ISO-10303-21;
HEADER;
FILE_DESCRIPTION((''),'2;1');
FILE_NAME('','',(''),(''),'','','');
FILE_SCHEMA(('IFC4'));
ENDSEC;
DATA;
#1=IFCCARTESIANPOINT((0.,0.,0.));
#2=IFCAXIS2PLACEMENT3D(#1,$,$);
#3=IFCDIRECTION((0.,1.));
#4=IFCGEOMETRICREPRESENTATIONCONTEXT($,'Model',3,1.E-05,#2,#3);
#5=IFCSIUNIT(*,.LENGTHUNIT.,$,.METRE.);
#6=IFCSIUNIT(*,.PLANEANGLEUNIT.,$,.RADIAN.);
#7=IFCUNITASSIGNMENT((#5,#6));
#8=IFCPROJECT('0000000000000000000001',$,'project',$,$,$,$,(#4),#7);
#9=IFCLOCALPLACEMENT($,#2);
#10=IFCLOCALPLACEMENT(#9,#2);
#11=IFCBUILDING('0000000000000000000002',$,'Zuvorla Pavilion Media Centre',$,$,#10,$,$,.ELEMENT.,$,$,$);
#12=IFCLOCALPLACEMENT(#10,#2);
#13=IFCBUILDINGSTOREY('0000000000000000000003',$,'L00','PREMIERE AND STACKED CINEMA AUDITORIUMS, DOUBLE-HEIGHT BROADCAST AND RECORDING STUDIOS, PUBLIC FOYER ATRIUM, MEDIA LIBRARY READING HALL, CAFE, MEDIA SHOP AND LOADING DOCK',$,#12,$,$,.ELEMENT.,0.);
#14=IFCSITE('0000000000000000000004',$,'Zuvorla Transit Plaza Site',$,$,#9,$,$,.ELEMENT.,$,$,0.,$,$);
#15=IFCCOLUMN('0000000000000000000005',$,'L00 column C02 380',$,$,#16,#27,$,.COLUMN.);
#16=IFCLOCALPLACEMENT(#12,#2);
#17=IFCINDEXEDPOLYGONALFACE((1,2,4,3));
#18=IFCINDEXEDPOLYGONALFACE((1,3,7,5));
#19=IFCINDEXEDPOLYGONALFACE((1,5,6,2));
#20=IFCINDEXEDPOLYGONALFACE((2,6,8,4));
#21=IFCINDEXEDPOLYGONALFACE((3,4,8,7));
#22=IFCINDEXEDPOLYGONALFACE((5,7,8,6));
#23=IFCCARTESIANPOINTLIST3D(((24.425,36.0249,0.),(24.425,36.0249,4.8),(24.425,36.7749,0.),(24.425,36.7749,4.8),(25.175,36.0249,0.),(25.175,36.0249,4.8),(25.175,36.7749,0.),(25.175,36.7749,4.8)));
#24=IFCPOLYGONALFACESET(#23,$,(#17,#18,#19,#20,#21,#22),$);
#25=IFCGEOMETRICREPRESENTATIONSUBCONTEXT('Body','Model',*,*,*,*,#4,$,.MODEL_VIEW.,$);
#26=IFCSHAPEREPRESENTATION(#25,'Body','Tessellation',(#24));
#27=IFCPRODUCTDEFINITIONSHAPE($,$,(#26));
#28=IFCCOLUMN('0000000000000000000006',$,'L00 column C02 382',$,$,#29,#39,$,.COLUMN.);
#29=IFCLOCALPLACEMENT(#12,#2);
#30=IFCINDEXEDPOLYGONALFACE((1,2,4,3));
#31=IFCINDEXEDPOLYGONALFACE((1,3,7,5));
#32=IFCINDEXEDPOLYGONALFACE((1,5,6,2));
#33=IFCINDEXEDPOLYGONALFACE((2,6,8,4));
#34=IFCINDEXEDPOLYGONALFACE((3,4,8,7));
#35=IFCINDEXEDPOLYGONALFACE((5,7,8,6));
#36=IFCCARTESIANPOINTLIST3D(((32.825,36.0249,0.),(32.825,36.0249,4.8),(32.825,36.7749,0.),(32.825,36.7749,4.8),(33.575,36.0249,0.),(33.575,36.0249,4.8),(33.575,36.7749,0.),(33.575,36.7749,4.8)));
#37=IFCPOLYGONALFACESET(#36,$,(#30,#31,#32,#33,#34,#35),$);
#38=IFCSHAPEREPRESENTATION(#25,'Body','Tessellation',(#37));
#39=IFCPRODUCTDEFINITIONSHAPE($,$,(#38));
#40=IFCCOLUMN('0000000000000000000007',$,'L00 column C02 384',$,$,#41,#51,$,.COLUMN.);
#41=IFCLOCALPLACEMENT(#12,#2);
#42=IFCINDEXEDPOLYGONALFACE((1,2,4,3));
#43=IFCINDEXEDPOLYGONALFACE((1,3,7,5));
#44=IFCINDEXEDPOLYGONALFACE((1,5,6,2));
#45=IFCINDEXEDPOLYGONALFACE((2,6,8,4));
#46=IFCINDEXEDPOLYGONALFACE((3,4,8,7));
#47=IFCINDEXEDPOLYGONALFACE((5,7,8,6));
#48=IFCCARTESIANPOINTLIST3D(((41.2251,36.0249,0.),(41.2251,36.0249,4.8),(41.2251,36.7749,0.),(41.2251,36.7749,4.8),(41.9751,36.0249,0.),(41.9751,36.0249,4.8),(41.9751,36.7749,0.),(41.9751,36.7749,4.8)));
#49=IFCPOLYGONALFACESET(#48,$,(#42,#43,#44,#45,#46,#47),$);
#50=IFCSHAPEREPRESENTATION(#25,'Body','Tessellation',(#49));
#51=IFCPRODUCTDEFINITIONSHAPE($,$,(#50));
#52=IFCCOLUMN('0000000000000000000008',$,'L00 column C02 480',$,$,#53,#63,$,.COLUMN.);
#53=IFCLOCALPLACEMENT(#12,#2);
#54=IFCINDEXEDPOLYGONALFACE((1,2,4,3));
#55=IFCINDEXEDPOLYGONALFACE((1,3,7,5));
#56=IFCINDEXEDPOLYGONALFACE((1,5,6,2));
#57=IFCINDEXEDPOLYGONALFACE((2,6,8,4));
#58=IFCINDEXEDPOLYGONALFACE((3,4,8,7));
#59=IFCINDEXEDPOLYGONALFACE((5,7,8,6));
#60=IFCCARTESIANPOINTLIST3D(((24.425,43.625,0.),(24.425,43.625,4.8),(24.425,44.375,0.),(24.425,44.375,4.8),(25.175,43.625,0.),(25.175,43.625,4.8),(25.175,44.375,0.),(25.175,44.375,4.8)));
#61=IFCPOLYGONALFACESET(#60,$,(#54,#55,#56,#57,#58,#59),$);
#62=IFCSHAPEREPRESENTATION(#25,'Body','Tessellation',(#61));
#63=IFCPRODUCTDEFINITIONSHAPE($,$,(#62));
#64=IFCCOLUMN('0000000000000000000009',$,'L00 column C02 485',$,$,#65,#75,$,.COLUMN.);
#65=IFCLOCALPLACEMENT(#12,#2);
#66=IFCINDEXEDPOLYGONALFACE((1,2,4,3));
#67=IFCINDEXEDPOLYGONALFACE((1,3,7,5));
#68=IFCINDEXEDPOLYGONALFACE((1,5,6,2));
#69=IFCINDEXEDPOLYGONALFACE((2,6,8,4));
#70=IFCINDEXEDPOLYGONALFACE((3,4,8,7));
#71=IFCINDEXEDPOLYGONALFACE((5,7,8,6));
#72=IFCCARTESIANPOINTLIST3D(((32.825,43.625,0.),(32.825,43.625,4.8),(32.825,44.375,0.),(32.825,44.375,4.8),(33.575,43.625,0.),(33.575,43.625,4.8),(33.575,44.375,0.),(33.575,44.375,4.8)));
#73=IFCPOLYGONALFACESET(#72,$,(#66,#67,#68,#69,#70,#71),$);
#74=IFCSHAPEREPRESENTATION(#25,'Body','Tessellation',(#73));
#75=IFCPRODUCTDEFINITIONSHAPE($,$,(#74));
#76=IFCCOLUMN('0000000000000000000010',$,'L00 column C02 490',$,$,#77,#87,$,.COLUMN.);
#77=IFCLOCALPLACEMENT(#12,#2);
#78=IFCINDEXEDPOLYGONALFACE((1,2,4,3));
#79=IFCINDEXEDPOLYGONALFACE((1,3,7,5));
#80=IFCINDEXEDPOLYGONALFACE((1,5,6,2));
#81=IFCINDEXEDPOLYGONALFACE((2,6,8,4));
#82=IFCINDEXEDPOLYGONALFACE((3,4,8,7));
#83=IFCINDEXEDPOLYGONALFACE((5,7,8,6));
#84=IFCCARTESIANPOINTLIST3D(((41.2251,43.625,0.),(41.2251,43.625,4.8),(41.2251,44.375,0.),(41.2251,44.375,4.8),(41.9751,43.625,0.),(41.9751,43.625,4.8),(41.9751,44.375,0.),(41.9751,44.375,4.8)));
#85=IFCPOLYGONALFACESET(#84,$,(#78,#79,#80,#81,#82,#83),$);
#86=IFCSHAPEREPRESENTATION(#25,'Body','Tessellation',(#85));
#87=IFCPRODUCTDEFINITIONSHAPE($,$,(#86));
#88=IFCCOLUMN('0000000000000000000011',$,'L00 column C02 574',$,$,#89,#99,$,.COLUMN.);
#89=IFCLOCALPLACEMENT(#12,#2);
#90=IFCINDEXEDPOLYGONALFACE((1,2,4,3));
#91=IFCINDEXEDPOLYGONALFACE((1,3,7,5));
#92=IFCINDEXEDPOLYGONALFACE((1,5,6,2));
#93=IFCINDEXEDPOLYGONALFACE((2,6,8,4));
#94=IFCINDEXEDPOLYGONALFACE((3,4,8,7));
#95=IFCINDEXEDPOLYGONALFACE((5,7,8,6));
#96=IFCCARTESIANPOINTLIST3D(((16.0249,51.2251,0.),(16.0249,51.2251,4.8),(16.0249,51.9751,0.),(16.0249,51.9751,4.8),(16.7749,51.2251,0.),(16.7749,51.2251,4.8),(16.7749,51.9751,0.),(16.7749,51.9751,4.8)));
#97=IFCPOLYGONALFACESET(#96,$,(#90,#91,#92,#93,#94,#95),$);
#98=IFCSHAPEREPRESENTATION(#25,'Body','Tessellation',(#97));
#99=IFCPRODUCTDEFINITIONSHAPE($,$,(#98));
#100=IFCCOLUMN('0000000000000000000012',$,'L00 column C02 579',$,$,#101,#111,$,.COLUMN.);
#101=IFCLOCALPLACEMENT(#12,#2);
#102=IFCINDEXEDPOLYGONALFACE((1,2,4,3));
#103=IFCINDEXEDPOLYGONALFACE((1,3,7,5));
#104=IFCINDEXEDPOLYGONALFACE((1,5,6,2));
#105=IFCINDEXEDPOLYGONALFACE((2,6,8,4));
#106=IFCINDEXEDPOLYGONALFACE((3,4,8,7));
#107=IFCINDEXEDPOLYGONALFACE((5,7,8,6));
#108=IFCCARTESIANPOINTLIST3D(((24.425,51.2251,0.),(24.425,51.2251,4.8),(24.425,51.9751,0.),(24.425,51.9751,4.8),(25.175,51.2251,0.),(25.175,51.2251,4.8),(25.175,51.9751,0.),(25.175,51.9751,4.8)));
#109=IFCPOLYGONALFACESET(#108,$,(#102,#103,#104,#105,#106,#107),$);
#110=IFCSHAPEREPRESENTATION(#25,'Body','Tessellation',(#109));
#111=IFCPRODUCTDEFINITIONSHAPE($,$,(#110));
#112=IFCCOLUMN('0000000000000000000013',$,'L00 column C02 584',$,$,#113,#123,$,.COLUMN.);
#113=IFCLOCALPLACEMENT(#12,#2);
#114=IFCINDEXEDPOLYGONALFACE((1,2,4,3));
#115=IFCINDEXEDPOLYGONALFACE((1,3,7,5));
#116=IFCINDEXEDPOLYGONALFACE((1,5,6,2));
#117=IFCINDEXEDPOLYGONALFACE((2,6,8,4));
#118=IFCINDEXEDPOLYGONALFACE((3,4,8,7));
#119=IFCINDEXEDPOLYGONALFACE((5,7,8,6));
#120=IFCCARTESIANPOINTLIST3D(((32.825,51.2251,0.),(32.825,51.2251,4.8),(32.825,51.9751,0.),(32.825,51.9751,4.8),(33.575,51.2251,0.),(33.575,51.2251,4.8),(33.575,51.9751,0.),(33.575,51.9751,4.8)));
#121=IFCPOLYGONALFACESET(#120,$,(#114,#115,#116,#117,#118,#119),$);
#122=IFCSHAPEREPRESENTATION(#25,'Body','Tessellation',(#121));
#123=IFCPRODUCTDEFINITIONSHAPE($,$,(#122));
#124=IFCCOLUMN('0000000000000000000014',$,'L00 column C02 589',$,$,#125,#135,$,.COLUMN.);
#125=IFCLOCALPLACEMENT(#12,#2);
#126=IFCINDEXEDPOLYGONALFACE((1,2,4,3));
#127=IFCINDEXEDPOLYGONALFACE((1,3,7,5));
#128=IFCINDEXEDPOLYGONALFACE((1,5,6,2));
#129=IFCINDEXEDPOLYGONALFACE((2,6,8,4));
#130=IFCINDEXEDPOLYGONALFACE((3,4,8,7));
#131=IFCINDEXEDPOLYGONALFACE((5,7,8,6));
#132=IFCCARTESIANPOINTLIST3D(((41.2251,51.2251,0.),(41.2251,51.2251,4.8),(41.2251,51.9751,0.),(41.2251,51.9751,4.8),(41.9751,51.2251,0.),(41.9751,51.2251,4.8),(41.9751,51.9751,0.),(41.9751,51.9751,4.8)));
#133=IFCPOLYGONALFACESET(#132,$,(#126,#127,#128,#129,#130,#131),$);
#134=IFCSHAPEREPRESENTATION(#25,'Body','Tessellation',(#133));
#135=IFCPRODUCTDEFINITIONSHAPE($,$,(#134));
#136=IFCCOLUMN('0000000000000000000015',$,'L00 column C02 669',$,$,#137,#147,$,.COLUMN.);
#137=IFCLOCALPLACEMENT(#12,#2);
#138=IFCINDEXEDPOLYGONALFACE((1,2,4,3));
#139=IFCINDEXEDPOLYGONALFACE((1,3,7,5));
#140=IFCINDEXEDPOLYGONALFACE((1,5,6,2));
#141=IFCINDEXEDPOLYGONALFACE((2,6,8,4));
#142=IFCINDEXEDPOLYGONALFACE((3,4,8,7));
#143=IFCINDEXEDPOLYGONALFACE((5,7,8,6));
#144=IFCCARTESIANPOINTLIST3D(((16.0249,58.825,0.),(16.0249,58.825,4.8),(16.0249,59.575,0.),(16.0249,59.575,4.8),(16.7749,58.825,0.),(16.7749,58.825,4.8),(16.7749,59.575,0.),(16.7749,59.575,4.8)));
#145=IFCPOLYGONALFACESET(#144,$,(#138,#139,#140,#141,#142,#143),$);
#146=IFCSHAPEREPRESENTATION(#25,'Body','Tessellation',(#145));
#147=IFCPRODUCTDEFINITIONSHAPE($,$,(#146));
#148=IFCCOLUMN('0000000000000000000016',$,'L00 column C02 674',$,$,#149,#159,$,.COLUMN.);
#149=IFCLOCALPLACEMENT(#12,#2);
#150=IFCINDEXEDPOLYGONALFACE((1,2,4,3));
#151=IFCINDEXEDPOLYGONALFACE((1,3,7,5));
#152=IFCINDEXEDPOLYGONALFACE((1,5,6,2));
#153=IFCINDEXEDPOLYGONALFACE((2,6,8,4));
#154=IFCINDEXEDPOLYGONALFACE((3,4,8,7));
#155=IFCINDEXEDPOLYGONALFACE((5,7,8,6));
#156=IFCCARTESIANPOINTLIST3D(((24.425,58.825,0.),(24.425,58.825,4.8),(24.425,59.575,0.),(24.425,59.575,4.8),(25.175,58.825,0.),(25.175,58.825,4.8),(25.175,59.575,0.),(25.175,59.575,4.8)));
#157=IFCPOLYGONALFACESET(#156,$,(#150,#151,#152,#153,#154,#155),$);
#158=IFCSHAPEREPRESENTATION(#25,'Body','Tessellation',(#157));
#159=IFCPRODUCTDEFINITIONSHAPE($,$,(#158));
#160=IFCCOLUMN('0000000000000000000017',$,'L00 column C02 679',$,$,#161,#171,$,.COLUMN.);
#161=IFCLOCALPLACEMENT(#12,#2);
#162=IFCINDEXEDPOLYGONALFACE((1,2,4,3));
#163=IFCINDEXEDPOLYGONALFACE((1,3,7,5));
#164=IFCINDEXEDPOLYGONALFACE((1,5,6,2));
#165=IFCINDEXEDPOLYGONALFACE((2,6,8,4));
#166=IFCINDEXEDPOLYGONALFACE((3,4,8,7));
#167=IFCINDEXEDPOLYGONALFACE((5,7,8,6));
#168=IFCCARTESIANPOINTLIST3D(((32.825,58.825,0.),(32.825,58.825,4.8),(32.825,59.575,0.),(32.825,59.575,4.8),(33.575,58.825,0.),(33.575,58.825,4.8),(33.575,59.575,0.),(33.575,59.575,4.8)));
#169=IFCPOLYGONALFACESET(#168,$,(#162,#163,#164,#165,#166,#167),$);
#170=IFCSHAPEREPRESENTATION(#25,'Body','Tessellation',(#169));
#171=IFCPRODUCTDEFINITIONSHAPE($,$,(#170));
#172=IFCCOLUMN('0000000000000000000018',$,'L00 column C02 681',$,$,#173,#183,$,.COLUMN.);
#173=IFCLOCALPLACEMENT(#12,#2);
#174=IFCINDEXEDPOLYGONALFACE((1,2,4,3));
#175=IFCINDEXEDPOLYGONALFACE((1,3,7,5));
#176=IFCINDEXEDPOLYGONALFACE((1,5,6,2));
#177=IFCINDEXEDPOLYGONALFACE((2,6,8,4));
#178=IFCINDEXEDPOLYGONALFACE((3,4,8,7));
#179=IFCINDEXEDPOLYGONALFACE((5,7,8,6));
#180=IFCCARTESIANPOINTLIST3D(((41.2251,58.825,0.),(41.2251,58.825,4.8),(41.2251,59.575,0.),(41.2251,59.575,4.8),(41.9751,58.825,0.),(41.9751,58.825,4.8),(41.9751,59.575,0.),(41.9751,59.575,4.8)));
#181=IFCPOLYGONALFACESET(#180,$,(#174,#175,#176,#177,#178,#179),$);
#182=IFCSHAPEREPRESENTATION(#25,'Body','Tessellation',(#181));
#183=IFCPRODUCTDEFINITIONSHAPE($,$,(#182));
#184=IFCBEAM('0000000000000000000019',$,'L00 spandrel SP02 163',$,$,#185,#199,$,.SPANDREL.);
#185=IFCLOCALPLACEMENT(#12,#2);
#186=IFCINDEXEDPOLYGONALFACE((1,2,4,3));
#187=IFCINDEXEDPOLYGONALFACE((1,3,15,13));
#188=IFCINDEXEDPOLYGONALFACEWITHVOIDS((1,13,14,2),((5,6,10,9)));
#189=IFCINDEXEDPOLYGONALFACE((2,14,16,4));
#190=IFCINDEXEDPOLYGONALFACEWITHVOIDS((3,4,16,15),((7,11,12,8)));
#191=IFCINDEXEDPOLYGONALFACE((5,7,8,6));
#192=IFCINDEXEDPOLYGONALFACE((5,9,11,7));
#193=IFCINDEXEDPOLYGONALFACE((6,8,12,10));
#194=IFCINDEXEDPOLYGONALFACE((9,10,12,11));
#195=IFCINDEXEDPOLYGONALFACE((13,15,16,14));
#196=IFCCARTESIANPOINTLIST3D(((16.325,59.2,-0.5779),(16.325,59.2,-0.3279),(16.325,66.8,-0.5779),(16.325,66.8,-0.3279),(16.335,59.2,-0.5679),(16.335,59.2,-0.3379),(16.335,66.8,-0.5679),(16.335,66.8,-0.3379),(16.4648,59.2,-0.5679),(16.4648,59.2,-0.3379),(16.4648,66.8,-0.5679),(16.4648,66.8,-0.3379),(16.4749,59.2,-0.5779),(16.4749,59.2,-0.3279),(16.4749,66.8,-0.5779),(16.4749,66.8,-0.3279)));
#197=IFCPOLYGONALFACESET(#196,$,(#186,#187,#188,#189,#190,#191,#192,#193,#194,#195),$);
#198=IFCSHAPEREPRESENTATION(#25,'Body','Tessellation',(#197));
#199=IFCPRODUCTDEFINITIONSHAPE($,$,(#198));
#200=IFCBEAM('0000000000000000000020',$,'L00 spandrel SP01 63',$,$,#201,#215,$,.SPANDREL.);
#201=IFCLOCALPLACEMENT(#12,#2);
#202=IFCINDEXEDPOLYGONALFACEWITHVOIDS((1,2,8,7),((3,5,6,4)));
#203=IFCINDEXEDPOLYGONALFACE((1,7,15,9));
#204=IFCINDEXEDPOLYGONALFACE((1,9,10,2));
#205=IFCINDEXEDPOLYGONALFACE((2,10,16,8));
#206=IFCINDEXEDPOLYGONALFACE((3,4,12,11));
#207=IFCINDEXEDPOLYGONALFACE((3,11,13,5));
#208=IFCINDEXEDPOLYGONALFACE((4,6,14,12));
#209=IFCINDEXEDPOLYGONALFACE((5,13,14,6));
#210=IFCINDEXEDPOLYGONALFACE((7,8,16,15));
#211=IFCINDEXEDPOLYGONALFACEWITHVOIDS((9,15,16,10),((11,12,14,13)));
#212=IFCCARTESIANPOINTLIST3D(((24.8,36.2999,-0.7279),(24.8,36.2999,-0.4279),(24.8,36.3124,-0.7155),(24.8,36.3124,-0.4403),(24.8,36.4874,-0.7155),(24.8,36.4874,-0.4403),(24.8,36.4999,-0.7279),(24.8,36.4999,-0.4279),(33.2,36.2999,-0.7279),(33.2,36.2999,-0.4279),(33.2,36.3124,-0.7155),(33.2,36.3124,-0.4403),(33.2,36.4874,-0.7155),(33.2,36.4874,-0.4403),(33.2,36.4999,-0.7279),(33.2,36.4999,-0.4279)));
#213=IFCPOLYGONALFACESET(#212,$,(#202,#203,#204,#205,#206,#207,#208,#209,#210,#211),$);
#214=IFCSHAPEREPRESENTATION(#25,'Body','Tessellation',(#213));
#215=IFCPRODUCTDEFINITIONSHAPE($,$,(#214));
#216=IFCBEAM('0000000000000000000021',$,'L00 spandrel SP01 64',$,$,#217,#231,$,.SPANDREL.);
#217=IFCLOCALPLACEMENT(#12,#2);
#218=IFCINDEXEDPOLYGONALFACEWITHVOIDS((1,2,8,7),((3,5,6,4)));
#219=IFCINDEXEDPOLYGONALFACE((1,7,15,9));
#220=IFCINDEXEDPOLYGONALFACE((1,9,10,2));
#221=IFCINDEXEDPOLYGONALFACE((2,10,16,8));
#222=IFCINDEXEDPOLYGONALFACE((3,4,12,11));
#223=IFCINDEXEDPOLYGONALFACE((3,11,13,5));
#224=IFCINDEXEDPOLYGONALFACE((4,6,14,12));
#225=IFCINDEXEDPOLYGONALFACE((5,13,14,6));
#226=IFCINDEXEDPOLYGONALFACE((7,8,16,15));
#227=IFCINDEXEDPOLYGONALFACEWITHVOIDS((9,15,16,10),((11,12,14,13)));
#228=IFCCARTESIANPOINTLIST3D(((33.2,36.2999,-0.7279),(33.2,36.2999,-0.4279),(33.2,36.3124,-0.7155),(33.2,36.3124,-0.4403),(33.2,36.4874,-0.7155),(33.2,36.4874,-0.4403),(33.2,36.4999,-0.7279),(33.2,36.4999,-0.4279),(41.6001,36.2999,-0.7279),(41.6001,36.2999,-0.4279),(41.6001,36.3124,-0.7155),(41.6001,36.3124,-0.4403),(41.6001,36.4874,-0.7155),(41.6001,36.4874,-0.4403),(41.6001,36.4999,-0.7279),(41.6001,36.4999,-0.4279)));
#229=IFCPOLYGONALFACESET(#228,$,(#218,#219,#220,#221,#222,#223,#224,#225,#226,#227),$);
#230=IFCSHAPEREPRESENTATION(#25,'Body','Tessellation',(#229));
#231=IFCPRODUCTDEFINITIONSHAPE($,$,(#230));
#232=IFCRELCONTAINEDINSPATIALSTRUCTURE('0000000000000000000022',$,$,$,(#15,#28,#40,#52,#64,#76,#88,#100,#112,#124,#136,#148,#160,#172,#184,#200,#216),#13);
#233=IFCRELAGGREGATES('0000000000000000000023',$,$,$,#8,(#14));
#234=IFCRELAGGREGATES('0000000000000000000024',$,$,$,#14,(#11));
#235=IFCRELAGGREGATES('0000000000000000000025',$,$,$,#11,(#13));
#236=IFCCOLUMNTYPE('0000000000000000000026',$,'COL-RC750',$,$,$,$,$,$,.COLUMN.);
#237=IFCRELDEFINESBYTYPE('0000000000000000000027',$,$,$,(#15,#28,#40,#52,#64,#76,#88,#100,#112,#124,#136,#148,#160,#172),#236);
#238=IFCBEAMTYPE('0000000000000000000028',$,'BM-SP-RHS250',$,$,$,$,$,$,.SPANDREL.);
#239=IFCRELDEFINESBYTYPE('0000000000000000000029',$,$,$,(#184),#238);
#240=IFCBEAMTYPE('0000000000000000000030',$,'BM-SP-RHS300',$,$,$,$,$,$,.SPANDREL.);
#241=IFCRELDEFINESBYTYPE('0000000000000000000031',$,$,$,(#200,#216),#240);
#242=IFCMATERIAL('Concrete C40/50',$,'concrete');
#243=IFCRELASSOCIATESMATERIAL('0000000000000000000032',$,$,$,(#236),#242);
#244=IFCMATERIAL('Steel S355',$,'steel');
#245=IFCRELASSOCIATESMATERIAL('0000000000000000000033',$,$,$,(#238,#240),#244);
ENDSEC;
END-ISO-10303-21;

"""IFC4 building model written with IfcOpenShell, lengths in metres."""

from ifc_helpers import new_model, si_unit, direction, frame, origin, origin_2d, place, context, subcontext, project, spatial, rectangle, hollow_rectangle, extrude, material, material_profile, profile_set, type_object, element, save


model = new_model("IFC4")

# Units and contexts
model_context = context("Model", 3, precision=1e-05, world=origin(), true_north=direction((0.0, 1.0)))
body_context = subcontext(model_context, "Body", "Model", "MODEL_VIEW")
ifc_project = project(units=[si_unit("LENGTHUNIT", "METRE"), si_unit("PLANEANGLEUNIT", "RADIAN")], contexts=[model_context])

# Site, building, storey
site_placement = place(None, origin())
site = spatial("IfcSite", under=ifc_project, at=site_placement, Name="Zuvorla Transit Plaza Site", CompositionType="ELEMENT", RefElevation=0.0)
building_placement = place(site_placement, origin())
building = spatial("IfcBuilding", under=site, at=building_placement, Name="Zuvorla Pavilion Media Centre", CompositionType="ELEMENT")
storey_placement = place(building_placement, origin())
storey = spatial("IfcBuildingStorey", under=building, at=storey_placement, Name="L00", Description="PREMIERE AND STACKED CINEMA AUDITORIUMS, DOUBLE-HEIGHT BROADCAST AND RECORDING STUDIOS, PUBLIC FOYER ATRIUM, MEDIA LIBRARY READING HALL, CAFE, MEDIA SHOP AND LOADING DOCK", CompositionType="ELEMENT", Elevation=0.0)

# Columns
ifc_material_1 = material(Name="Concrete C40/50", Category="concrete")
ifc_material_profile_1 = material_profile(ifc_material_1, rectangle(XDim=0.75, YDim=0.75, at=origin_2d()), Name="RC 750x750")
ifc_profile_set_1 = profile_set([ifc_material_profile_1], Name="Concrete C40/50")
column_type = type_object("IfcColumnType", Name="COL-RC750", PredefinedType="COLUMN", material=ifc_profile_set_1)
for number, where, z_axis, x_axis, name in (
    (1, (24.8, 36.3999, 0.0), (0.0, 0.0, 1.0), (1.0, 0.0, 0.0), "L00 column C02 380"),
    (2, (33.2, 36.3999, 0.0), (0.0, 0.0, 1.0), (1.0, 0.0, 0.0), "L00 column C02 382"),
    (3, (41.6001, 36.3999, 0.0), (0.0, 0.0, 1.0), (1.0, 0.0, 0.0), "L00 column C02 384"),
    (4, (24.8, 44.0, 0.0), (0.0, 0.0, 1.0), (1.0, 0.0, 0.0), "L00 column C02 480"),
    (5, (33.2, 44.0, 0.0), (0.0, 0.0, 1.0), (1.0, 0.0, 0.0), "L00 column C02 485"),
    (6, (41.6001, 44.0, 0.0), (0.0, 0.0, 1.0), (1.0, 0.0, 0.0), "L00 column C02 490"),
    (7, (16.3999, 51.6001, 0.0), (0.0, 0.0, 1.0), (1.0, 0.0, 0.0), "L00 column C02 574"),
    (8, (24.8, 51.6001, 0.0), (0.0, 0.0, 1.0), (1.0, 0.0, 0.0), "L00 column C02 579"),
    (9, (33.2, 51.6001, 0.0), (0.0, 0.0, 1.0), (1.0, 0.0, 0.0), "L00 column C02 584"),
    (10, (41.6001, 51.6001, 0.0), (0.0, 0.0, 1.0), (1.0, 0.0, 0.0), "L00 column C02 589"),
    (11, (16.3999, 59.2, 0.0), (0.0, 0.0, 1.0), (1.0, 0.0, 0.0), "L00 column C02 669"),
    (12, (24.8, 59.2, 0.0), (0.0, 0.0, 1.0), (1.0, 0.0, 0.0), "L00 column C02 674"),
    (13, (33.2, 59.2, 0.0), (0.0, 0.0, 1.0), (1.0, 0.0, 0.0), "L00 column C02 679"),
    (14, (41.6001, 59.2, 0.0), (0.0, 0.0, 1.0), (1.0, 0.0, 0.0), "L00 column C02 681"),
):
    element("IfcColumn", number, at=place(storey_placement, frame(where, z_axis=z_axis, x_axis=x_axis)), inside=storey, type_object=column_type, Name=name, PredefinedType="COLUMN", context=body_context, shape_type="SweptSolid", body=[
        extrude(rectangle(XDim=0.75, YDim=0.75, at=origin_2d()), origin(), (0.0, 0.0, 1.0), 4.8),
    ])

# Beams
ifc_material_2 = material(Name="Steel S355", Category="steel")
ifc_material_profile_2 = material_profile(ifc_material_2, hollow_rectangle(XDim=0.1499, YDim=0.25, WallThickness=0.01, at=origin_2d()), Name="RHS 250x150x10")
ifc_profile_set_2 = profile_set([ifc_material_profile_2], Name="Steel S355")
beam_type_1 = type_object("IfcBeamType", Name="BM-SP-RHS250", PredefinedType="SPANDREL", material=ifc_profile_set_2)
beam_1_placement = place(storey_placement, frame((16.3999, 59.2, -0.4529), z_axis=(0.0, 1.0, 0.0), x_axis=(-1.0, 0.0, 0.0)))
element("IfcBeam", 15, at=beam_1_placement, inside=storey, type_object=beam_type_1, Name="L00 spandrel SP02 163", PredefinedType="SPANDREL", context=body_context, shape_type="SweptSolid", body=[
    extrude(hollow_rectangle(XDim=0.1499, YDim=0.25, WallThickness=0.01, at=origin_2d()), origin(), (0.0, 0.0, 1.0), 7.6001),
])
ifc_material_profile_3 = material_profile(ifc_material_2, hollow_rectangle(XDim=0.2, YDim=0.3, WallThickness=0.0125, at=origin_2d()), Name="RHS 300x200x12.5")
ifc_profile_set_3 = profile_set([ifc_material_profile_3], Name="Steel S355")
beam_type_2 = type_object("IfcBeamType", Name="BM-SP-RHS300", PredefinedType="SPANDREL", material=ifc_profile_set_3)
beam_2_placement = place(storey_placement, frame((24.8, 36.3999, -0.5779), z_axis=(1.0, 0.0, 0.0), x_axis=(0.0, 1.0, 0.0)))
element("IfcBeam", 16, at=beam_2_placement, inside=storey, type_object=beam_type_2, Name="L00 spandrel SP01 63", PredefinedType="SPANDREL", context=body_context, shape_type="SweptSolid", body=[
    extrude(hollow_rectangle(XDim=0.2, YDim=0.3, WallThickness=0.0125, at=origin_2d()), origin(), (0.0, 0.0, 1.0), 8.3999),
])
for number, where, z_axis, x_axis, name in (
    (17, (33.2, 36.3999, -0.5779), (1.0, 0.0, 0.0), (0.0, 1.0, 0.0), "L00 spandrel SP01 64"),
):
    element("IfcBeam", number, at=place(storey_placement, frame(where, z_axis=z_axis, x_axis=x_axis)), inside=storey, type_object=beam_type_2, Name=name, PredefinedType="SPANDREL", context=body_context, shape_type="SweptSolid", body=[
        extrude(hollow_rectangle(XDim=0.2, YDim=0.3, WallThickness=0.0125, at=origin_2d()), origin(), (0.0, 0.0, 1.0), 8.4001),
    ])

save(model, "model.ifc")
